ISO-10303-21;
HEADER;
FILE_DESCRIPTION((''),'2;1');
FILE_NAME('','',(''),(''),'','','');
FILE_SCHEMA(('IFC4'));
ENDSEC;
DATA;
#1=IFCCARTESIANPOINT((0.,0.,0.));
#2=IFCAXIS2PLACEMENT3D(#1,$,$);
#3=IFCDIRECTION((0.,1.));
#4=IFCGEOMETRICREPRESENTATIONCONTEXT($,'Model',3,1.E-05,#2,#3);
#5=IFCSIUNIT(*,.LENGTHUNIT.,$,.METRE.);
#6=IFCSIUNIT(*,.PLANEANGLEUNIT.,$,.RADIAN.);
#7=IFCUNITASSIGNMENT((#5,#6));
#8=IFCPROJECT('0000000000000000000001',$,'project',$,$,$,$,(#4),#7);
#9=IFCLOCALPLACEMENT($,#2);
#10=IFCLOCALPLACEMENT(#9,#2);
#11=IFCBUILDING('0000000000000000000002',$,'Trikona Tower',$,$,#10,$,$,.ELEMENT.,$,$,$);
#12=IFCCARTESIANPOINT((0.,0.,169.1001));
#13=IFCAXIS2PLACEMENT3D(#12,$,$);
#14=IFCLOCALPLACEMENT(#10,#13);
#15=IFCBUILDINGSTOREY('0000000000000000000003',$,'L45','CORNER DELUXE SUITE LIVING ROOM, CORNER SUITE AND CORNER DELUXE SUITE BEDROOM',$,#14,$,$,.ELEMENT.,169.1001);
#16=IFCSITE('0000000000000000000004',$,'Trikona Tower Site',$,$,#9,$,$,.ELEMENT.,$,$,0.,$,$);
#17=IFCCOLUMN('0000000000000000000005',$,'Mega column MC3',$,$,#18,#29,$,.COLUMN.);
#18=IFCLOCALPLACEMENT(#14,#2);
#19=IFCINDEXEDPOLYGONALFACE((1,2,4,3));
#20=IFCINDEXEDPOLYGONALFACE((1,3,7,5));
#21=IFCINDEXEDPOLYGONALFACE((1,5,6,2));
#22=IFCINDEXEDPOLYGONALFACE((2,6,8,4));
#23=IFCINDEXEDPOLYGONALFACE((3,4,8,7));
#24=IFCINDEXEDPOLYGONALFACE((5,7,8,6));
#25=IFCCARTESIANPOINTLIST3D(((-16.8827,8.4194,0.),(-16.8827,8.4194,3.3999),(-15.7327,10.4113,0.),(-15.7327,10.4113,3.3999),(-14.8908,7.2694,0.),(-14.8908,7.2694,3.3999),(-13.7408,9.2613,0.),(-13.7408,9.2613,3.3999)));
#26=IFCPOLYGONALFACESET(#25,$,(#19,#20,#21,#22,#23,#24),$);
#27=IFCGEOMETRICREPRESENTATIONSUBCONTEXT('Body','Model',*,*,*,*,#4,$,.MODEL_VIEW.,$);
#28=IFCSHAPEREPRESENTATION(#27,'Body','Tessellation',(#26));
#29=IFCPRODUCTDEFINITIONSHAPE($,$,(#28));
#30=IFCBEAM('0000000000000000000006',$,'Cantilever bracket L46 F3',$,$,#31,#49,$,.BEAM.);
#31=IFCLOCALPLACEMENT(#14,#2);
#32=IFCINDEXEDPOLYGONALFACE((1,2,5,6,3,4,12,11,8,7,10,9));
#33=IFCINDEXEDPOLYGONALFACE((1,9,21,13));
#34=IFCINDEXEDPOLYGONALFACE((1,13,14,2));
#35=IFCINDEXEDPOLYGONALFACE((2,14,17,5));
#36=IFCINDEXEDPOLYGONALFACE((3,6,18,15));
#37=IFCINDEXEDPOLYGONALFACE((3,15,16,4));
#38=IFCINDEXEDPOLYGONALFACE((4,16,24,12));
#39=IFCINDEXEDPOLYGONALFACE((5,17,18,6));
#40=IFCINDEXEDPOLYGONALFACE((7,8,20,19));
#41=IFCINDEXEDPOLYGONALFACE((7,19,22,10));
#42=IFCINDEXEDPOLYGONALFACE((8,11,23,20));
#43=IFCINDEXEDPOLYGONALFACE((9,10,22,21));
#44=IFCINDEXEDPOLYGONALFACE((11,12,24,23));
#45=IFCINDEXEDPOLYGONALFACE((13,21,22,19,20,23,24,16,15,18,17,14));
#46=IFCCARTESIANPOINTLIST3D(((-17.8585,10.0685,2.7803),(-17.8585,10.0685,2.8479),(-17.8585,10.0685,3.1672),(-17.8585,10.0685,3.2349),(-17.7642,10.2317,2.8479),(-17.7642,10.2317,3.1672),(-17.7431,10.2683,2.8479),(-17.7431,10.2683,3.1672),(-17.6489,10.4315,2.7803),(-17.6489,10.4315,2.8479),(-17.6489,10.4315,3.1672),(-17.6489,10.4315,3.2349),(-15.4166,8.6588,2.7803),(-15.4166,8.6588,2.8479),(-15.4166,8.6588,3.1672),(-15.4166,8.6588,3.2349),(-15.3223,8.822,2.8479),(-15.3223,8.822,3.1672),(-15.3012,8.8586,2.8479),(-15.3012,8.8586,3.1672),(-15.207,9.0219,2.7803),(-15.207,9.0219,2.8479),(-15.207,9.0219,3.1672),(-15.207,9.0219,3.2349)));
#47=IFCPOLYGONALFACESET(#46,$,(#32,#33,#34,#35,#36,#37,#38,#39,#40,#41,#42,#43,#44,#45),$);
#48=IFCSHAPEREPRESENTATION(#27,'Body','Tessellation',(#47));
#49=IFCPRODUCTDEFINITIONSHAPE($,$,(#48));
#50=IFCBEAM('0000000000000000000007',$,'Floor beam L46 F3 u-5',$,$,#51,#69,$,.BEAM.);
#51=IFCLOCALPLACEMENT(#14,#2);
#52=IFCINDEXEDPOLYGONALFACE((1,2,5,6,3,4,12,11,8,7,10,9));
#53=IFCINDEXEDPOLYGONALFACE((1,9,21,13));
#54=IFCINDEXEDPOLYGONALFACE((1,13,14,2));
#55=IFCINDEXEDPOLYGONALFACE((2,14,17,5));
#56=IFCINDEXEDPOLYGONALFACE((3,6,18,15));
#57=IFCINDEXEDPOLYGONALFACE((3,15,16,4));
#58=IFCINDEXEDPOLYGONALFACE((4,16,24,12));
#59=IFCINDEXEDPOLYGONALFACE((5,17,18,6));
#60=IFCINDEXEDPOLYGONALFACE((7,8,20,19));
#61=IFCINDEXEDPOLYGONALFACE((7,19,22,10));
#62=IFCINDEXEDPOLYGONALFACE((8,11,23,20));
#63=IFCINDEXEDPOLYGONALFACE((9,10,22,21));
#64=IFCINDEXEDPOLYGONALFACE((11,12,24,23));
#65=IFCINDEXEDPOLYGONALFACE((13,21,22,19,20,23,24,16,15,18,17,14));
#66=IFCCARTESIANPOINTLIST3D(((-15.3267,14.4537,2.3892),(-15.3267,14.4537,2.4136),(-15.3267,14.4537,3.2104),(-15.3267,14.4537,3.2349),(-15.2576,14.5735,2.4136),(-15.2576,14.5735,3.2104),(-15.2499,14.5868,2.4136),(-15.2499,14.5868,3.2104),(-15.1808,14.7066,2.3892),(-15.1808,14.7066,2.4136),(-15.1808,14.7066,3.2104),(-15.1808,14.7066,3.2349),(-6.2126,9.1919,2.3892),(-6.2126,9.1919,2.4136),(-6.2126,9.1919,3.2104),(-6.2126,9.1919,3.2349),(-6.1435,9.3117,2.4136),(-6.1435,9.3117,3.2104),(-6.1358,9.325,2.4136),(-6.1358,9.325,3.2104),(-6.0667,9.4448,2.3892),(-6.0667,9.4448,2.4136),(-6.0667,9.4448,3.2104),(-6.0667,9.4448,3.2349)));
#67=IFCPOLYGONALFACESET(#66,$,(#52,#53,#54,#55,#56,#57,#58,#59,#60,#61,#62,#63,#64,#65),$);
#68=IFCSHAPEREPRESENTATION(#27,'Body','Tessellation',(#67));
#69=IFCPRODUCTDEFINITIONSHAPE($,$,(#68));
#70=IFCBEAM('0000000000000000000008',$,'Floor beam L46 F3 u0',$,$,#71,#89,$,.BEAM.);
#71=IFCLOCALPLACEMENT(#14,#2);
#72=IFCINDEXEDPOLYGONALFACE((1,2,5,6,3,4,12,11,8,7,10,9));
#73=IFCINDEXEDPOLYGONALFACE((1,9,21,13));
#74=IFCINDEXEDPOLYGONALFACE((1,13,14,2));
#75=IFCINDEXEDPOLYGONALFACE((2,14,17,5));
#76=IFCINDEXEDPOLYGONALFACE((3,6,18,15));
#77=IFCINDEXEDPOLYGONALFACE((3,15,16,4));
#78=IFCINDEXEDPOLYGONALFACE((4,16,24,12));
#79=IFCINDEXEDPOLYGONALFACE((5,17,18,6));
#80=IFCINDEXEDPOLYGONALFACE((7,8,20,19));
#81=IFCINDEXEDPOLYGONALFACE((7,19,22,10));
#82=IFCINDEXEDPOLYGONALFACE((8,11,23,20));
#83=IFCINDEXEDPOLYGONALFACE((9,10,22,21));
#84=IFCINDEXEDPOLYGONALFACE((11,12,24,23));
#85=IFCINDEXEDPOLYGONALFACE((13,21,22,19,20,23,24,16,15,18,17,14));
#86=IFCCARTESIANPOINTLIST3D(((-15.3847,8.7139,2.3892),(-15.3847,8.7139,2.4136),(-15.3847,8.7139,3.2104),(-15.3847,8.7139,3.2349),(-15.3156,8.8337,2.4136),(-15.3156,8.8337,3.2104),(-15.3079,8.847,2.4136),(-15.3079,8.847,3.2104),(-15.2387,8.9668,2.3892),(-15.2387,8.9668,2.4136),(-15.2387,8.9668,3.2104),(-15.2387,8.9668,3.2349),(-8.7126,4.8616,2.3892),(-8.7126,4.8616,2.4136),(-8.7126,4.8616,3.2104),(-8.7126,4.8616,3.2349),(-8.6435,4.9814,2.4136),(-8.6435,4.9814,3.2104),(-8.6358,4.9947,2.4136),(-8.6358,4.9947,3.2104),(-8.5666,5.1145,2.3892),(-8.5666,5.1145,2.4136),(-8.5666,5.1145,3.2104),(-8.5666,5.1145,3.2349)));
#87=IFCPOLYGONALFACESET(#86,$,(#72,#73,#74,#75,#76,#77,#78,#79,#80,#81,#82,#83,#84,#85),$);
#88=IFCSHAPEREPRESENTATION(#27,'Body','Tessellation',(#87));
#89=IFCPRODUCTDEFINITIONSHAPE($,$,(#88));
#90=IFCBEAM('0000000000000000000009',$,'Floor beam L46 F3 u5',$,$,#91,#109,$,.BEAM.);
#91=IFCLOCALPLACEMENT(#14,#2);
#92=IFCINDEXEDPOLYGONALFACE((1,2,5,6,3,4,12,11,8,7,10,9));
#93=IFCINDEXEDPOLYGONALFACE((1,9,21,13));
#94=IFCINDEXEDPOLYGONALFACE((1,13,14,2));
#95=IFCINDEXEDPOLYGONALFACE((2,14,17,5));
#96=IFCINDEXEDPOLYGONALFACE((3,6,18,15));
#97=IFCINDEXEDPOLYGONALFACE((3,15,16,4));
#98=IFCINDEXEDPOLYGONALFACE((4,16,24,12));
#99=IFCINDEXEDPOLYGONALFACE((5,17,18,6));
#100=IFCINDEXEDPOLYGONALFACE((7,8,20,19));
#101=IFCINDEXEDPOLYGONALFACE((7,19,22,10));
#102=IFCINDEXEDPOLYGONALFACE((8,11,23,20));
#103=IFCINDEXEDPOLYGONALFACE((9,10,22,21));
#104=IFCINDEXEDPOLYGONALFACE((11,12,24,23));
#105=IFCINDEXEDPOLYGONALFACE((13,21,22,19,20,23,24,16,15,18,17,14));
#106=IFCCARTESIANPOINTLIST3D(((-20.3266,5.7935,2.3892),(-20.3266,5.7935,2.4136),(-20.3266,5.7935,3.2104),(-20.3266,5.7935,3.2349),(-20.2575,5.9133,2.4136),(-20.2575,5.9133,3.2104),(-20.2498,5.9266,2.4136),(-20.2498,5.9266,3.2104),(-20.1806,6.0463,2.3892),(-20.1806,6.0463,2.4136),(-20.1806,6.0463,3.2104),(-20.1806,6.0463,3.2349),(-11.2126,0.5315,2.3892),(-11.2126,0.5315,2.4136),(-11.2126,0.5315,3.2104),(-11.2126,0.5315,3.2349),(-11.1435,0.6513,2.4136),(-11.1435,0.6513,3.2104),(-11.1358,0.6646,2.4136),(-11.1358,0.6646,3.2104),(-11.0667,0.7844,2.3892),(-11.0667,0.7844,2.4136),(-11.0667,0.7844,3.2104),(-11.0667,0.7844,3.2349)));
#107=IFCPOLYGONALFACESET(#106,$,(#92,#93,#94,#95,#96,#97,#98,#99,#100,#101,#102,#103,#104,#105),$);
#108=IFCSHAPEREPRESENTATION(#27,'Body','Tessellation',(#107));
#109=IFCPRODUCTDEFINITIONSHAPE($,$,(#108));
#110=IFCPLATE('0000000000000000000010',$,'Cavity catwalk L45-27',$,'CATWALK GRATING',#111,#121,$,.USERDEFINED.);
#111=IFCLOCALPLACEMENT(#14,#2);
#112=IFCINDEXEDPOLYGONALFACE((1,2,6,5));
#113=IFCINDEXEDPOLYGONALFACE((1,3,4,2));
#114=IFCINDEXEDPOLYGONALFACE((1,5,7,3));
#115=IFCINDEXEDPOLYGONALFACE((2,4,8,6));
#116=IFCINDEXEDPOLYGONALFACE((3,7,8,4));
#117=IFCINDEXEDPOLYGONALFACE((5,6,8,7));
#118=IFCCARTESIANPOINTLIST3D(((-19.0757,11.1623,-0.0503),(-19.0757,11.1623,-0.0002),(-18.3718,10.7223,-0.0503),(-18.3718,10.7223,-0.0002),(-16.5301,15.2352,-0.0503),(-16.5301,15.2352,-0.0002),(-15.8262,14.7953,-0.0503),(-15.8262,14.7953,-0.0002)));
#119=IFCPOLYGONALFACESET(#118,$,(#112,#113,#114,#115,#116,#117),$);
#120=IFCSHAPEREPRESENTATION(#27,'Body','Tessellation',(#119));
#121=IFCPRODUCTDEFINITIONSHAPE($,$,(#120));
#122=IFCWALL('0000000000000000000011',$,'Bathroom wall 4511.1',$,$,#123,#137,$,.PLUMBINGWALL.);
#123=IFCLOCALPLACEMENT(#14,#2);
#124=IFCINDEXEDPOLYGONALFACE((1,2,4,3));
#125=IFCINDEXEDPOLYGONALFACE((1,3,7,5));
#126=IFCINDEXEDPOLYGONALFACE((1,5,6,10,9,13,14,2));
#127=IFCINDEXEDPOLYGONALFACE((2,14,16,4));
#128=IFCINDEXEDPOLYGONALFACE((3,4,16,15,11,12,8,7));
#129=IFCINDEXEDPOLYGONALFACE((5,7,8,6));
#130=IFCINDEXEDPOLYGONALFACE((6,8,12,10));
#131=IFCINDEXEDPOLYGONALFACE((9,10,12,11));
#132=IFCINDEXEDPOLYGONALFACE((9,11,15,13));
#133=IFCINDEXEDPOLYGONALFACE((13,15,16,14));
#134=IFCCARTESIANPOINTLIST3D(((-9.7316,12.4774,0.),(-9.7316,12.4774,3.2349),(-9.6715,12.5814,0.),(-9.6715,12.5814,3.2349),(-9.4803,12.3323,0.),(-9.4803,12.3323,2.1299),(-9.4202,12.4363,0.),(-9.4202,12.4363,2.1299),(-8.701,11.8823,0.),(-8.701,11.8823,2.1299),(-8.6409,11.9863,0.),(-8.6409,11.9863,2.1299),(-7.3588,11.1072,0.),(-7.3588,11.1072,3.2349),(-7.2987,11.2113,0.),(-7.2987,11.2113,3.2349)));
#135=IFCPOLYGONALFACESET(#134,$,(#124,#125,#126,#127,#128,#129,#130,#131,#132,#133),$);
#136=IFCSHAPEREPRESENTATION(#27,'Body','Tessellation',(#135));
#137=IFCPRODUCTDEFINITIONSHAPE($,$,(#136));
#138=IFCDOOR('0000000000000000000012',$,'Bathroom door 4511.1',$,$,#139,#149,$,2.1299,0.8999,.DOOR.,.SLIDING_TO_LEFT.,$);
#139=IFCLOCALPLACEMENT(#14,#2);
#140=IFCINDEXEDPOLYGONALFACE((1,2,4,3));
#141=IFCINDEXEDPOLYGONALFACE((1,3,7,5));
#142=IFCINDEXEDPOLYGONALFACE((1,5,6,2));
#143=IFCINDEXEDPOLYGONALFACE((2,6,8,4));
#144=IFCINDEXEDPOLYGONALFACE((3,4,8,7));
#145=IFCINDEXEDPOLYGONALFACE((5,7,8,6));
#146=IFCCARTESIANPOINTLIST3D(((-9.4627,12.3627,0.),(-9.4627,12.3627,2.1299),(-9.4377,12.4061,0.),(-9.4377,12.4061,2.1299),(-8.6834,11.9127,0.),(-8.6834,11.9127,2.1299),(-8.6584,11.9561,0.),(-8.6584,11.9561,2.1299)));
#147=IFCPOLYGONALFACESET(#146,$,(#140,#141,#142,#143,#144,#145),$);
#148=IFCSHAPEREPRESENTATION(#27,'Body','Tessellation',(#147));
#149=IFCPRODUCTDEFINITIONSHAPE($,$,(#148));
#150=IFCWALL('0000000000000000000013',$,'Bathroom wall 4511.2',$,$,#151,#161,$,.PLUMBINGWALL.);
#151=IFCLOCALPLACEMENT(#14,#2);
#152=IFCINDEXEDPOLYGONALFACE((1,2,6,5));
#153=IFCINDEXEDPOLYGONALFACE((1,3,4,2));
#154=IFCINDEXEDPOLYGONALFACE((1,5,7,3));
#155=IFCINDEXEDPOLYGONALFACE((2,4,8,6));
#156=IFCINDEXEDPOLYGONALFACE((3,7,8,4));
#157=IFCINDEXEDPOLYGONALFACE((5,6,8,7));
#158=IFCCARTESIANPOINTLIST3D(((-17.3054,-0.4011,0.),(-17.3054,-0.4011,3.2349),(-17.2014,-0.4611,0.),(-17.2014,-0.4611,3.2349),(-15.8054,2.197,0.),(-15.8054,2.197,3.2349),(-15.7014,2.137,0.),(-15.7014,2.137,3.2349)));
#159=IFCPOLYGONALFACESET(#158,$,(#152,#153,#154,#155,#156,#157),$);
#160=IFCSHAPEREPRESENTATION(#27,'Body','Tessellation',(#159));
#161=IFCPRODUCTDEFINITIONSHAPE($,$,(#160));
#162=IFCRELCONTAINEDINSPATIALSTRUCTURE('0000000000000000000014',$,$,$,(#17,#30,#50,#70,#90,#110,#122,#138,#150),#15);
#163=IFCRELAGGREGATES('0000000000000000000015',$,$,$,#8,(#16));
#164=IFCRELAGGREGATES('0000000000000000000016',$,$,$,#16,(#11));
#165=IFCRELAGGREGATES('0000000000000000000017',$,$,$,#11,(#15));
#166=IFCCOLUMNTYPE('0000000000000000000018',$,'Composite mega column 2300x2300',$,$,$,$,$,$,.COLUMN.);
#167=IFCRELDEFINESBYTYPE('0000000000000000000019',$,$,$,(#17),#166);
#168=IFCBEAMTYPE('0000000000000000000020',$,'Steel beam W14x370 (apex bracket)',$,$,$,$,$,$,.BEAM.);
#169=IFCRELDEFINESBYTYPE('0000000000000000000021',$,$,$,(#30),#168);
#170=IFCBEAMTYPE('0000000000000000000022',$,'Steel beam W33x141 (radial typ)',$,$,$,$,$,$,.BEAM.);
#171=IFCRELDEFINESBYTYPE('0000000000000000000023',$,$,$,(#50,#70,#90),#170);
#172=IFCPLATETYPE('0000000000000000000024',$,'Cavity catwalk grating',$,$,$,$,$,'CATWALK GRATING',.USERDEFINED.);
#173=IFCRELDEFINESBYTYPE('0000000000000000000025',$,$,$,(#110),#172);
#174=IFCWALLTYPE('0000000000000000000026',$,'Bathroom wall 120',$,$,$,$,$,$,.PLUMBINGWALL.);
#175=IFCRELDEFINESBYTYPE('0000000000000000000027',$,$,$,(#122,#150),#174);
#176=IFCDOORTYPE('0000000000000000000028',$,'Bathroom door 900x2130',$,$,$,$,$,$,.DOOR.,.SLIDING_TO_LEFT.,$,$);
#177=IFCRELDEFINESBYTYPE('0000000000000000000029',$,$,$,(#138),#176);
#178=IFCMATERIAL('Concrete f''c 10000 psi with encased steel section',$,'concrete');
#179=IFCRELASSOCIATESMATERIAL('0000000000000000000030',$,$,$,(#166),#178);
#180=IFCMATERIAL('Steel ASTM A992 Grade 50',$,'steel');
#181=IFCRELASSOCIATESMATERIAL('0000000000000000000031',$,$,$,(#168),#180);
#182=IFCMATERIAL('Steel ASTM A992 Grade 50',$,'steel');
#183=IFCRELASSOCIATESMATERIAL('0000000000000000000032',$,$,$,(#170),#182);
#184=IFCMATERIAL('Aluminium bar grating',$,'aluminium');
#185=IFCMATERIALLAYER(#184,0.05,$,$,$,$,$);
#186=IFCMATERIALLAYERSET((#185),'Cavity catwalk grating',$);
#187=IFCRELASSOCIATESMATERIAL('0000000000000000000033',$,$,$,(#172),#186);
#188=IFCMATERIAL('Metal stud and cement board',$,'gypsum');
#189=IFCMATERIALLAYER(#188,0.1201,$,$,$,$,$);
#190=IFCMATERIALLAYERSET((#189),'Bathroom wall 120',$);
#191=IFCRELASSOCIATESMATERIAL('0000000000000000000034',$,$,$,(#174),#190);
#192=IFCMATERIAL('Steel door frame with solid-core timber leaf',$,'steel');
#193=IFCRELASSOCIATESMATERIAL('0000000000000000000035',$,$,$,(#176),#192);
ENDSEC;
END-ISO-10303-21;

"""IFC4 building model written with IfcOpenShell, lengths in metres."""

from ifc_helpers import new_model, si_unit, direction, frame, frame_2d, origin, origin_2d, place, context, subcontext, project, spatial, rectangle, i_section, extrude, material, layer, layer_set, material_profile, profile_set, type_object, element, fill, save


model = new_model("IFC4")

# Units and contexts
model_context = context("Model", 3, precision=1e-05, world=origin(), true_north=direction((0.0, 1.0)))
body_context = subcontext(model_context, "Body", "Model", "MODEL_VIEW")
ifc_project = project(units=[si_unit("LENGTHUNIT", "METRE"), si_unit("PLANEANGLEUNIT", "RADIAN")], contexts=[model_context])

# Site, building, storey
site_placement = place(None, origin())
site = spatial("IfcSite", under=ifc_project, at=site_placement, Name="Trikona Tower Site", CompositionType="ELEMENT", RefElevation=0.0)
building_placement = place(site_placement, origin())
building = spatial("IfcBuilding", under=site, at=building_placement, Name="Trikona Tower", CompositionType="ELEMENT")
storey_placement = place(building_placement, frame((0.0, 0.0, 169.1001)))
storey = spatial("IfcBuildingStorey", under=building, at=storey_placement, Name="L45", Description="CORNER DELUXE SUITE LIVING ROOM, CORNER SUITE AND CORNER DELUXE SUITE BEDROOM", CompositionType="ELEMENT", Elevation=169.1001)

# Column
ifc_material_1 = material(Name="Concrete f'c 10000 psi with encased steel section", Category="concrete")
ifc_material_profile_1 = material_profile(ifc_material_1, rectangle(XDim=2.3, YDim=2.3, at=origin_2d()), Name="MC2300")
ifc_profile_set_1 = profile_set([ifc_material_profile_1], Name="Concrete f'c 10000 psi with encased steel section")
column_type = type_object("IfcColumnType", Name="Composite mega column 2300x2300", PredefinedType="COLUMN", material=ifc_profile_set_1)
column_placement = place(storey_placement, frame((-15.3118, 8.8403, 0.0), z_axis=(0.0, 0.0, 1.0), x_axis=(-0.866025, 0.5, 0.0)))
element("IfcColumn", 1, at=column_placement, inside=storey, type_object=column_type, Name="Mega column MC3", PredefinedType="COLUMN", context=body_context, shape_type="SweptSolid", body=[
    extrude(rectangle(XDim=2.3, YDim=2.3, at=origin_2d()), origin(), (0.0, 0.0, 1.0), 3.3999),
])

# Beams
ifc_material_2 = material(Name="Steel ASTM A992 Grade 50", Category="steel")
ifc_material_profile_2 = material_profile(ifc_material_2, i_section(OverallWidth=0.4192, OverallDepth=0.4546, WebThickness=0.0422, FlangeThickness=0.0676, at=origin_2d()), Name="W14X370")
ifc_profile_set_2 = profile_set([ifc_material_profile_2], Name="Steel ASTM A992 Grade 50")
beam_type_1 = type_object("IfcBeamType", Name="Steel beam W14x370 (apex bracket)", PredefinedType="BEAM", material=ifc_profile_set_2)
beam_1_placement = place(storey_placement, frame((-15.3118, 8.8403, 3.0076), z_axis=(-0.86605, 0.499957, 0.0), x_axis=(-0.499957, -0.86605, 0.0)))
element("IfcBeam", 2, at=beam_1_placement, inside=storey, type_object=beam_type_1, Name="Cantilever bracket L46 F3", PredefinedType="BEAM", context=body_context, shape_type="SweptSolid", body=[
    extrude(i_section(OverallWidth=0.4192, OverallDepth=0.4546, WebThickness=0.0422, FlangeThickness=0.0676, at=origin_2d()), origin(), (0.0, 0.0, 1.0), 2.8196),
])
ifc_material_3 = material(Name="Steel ASTM A992 Grade 50", Category="steel")
ifc_material_profile_3 = material_profile(ifc_material_3, i_section(OverallWidth=0.292, OverallDepth=0.8457, WebThickness=0.0154, FlangeThickness=0.0244, at=origin_2d()), Name="W33X141")
ifc_profile_set_3 = profile_set([ifc_material_profile_3], Name="Steel ASTM A992 Grade 50")
beam_type_2 = type_object("IfcBeamType", Name="Steel beam W33x141 (radial typ)", PredefinedType="BEAM", material=ifc_profile_set_3)
beam_2_placement = place(storey_placement, frame((-6.1396, 9.3184, 2.812), z_axis=(-0.866036, 0.499982, 0.0), x_axis=(-0.499982, -0.866036, 0.0)))
element("IfcBeam", 3, at=beam_2_placement, inside=storey, type_object=beam_type_2, Name="Floor beam L46 F3 u-5", PredefinedType="BEAM", context=body_context, shape_type="SweptSolid", body=[
    extrude(i_section(OverallWidth=0.292, OverallDepth=0.8457, WebThickness=0.0154, FlangeThickness=0.0244, at=origin_2d()), origin(), (0.0, 0.0, 1.0), 10.5239),
])
beam_3_placement = place(storey_placement, frame((-8.6396, 4.988, 2.812), z_axis=(-0.866017, 0.500014, 0.0), x_axis=(-0.500014, -0.866017, 0.0)))
element("IfcBeam", 4, at=beam_3_placement, inside=storey, type_object=beam_type_2, Name="Floor beam L46 F3 u0", PredefinedType="BEAM", context=body_context, shape_type="SweptSolid", body=[
    extrude(i_section(OverallWidth=0.292, OverallDepth=0.8457, WebThickness=0.0154, FlangeThickness=0.0244, at=origin_2d()), origin(), (0.0, 0.0, 1.0), 7.7043),
])
beam_4_placement = place(storey_placement, frame((-11.1396, 0.658, 2.812), z_axis=(-0.866026, 0.499999, 0.0), x_axis=(-0.499999, -0.866026, 0.0)))
element("IfcBeam", 5, at=beam_4_placement, inside=storey, type_object=beam_type_2, Name="Floor beam L46 F3 u5", PredefinedType="BEAM", context=body_context, shape_type="SweptSolid", body=[
    extrude(i_section(OverallWidth=0.292, OverallDepth=0.8457, WebThickness=0.0154, FlangeThickness=0.0244, at=origin_2d()), origin(), (0.0, 0.0, 1.0), 10.5239),
])

# Plate
ifc_material_4 = material(Name="Aluminium bar grating", Category="aluminium")
ifc_layer_1 = layer(ifc_material_4, 0.05)
ifc_layer_set_1 = layer_set([ifc_layer_1], Name="Cavity catwalk grating")
plate_type = type_object("IfcPlateType", Name="Cavity catwalk grating", ElementType="CATWALK GRATING", PredefinedType="USERDEFINED", material=ifc_layer_set_1)
plate_placement = place(storey_placement, frame((-17.4509, 12.9788, -0.0503), z_axis=(0.0, 0.0, 1.0), x_axis=(-0.529995, -0.848001, 0.0)))
element("IfcPlate", 6, at=plate_placement, inside=storey, type_object=plate_type, Name="Cavity catwalk L45-27", ObjectType="CATWALK GRATING", PredefinedType="USERDEFINED", context=body_context, shape_type="SweptSolid", body=[
    extrude(rectangle(XDim=4.803, YDim=0.8301, at=origin_2d()), origin(), (0.0, 0.0, 1.0), 0.05),
])

# Wall, opening, door
ifc_material_5 = material(Name="Metal stud and cement board", Category="gypsum")
ifc_layer_2 = layer(ifc_material_5, 0.1201)
ifc_layer_set_2 = layer_set([ifc_layer_2], Name="Bathroom wall 120")
wall_type_1 = type_object("IfcWallType", Name="Bathroom wall 120", PredefinedType="PLUMBINGWALL", material=ifc_layer_set_2)
wall_1_placement = place(storey_placement, frame((-7.3286, 11.1592, 0.0), z_axis=(0.0, 0.0, 1.0), x_axis=(-0.865997, 0.500049, 0.0)))
wall_1 = element("IfcWall", 7, at=wall_1_placement, inside=storey, type_object=wall_type_1, Name="Bathroom wall 4511.1", PredefinedType="PLUMBINGWALL", context=body_context, shape_type="SweptSolid", body=[
    extrude(rectangle(XDim=2.74, YDim=0.1201, at=frame_2d((1.3701, 0.0))), origin(), (0.0, 0.0, 1.0), 3.2349),
])
opening_1_placement = place(wall_1_placement, frame((1.55, 0.0, 0.0)))
opening_1 = element("IfcOpeningElement", 8, at=opening_1_placement, cuts=wall_1, PredefinedType="OPENING", context=body_context, shape_type="SweptSolid", body=[
    extrude(rectangle(XDim=0.8999, YDim=2.1299, at=frame_2d((0.45, 1.0649))), frame((0.0, 0.0701, 0.0), z_axis=(0.0, -1.0, 0.0), x_axis=(1.0, 0.0, 0.0)), (0.0, 0.0, 1.0), 0.1401),
])
ifc_material_6 = material(Name="Steel door frame with solid-core timber leaf", Category="steel")
door_type_1 = type_object("IfcDoorType", Name="Bathroom door 900x2130", OperationType="SLIDING_TO_LEFT", PredefinedType="DOOR", material=ifc_material_6)
door_1_placement = place(opening_1_placement, origin())
door_1 = element("IfcDoor", 9, at=door_1_placement, inside=storey, type_object=door_type_1, Name="Bathroom door 4511.1", OperationType="SLIDING_TO_LEFT", OverallHeight=2.1299, OverallWidth=0.8999, PredefinedType="DOOR", context=body_context, shape_type="SweptSolid", body=[
    extrude(rectangle(XDim=0.8999, YDim=2.1299, at=frame_2d((0.45, 1.0649))), frame((0.0, 0.0249, 0.0), z_axis=(0.0, -1.0, 0.0), x_axis=(1.0, 0.0, 0.0)), (0.0, 0.0, 1.0), 0.05),
])
fill(opening_1, door_1)

# Wall
wall_2_placement = place(storey_placement, frame((-15.7534, 2.167, 0.0), z_axis=(0.0, 0.0, 1.0), x_axis=(-0.49999, -0.866031, 0.0)))
element("IfcWall", 10, at=wall_2_placement, inside=storey, type_object=wall_type_1, Name="Bathroom wall 4511.2", PredefinedType="PLUMBINGWALL", context=body_context, shape_type="SweptSolid", body=[
    extrude(rectangle(XDim=3.0, YDim=0.1201, at=frame_2d((1.5, 0.0))), origin(), (0.0, 0.0, 1.0), 3.2349),
])

save(model, "model.ifc")
